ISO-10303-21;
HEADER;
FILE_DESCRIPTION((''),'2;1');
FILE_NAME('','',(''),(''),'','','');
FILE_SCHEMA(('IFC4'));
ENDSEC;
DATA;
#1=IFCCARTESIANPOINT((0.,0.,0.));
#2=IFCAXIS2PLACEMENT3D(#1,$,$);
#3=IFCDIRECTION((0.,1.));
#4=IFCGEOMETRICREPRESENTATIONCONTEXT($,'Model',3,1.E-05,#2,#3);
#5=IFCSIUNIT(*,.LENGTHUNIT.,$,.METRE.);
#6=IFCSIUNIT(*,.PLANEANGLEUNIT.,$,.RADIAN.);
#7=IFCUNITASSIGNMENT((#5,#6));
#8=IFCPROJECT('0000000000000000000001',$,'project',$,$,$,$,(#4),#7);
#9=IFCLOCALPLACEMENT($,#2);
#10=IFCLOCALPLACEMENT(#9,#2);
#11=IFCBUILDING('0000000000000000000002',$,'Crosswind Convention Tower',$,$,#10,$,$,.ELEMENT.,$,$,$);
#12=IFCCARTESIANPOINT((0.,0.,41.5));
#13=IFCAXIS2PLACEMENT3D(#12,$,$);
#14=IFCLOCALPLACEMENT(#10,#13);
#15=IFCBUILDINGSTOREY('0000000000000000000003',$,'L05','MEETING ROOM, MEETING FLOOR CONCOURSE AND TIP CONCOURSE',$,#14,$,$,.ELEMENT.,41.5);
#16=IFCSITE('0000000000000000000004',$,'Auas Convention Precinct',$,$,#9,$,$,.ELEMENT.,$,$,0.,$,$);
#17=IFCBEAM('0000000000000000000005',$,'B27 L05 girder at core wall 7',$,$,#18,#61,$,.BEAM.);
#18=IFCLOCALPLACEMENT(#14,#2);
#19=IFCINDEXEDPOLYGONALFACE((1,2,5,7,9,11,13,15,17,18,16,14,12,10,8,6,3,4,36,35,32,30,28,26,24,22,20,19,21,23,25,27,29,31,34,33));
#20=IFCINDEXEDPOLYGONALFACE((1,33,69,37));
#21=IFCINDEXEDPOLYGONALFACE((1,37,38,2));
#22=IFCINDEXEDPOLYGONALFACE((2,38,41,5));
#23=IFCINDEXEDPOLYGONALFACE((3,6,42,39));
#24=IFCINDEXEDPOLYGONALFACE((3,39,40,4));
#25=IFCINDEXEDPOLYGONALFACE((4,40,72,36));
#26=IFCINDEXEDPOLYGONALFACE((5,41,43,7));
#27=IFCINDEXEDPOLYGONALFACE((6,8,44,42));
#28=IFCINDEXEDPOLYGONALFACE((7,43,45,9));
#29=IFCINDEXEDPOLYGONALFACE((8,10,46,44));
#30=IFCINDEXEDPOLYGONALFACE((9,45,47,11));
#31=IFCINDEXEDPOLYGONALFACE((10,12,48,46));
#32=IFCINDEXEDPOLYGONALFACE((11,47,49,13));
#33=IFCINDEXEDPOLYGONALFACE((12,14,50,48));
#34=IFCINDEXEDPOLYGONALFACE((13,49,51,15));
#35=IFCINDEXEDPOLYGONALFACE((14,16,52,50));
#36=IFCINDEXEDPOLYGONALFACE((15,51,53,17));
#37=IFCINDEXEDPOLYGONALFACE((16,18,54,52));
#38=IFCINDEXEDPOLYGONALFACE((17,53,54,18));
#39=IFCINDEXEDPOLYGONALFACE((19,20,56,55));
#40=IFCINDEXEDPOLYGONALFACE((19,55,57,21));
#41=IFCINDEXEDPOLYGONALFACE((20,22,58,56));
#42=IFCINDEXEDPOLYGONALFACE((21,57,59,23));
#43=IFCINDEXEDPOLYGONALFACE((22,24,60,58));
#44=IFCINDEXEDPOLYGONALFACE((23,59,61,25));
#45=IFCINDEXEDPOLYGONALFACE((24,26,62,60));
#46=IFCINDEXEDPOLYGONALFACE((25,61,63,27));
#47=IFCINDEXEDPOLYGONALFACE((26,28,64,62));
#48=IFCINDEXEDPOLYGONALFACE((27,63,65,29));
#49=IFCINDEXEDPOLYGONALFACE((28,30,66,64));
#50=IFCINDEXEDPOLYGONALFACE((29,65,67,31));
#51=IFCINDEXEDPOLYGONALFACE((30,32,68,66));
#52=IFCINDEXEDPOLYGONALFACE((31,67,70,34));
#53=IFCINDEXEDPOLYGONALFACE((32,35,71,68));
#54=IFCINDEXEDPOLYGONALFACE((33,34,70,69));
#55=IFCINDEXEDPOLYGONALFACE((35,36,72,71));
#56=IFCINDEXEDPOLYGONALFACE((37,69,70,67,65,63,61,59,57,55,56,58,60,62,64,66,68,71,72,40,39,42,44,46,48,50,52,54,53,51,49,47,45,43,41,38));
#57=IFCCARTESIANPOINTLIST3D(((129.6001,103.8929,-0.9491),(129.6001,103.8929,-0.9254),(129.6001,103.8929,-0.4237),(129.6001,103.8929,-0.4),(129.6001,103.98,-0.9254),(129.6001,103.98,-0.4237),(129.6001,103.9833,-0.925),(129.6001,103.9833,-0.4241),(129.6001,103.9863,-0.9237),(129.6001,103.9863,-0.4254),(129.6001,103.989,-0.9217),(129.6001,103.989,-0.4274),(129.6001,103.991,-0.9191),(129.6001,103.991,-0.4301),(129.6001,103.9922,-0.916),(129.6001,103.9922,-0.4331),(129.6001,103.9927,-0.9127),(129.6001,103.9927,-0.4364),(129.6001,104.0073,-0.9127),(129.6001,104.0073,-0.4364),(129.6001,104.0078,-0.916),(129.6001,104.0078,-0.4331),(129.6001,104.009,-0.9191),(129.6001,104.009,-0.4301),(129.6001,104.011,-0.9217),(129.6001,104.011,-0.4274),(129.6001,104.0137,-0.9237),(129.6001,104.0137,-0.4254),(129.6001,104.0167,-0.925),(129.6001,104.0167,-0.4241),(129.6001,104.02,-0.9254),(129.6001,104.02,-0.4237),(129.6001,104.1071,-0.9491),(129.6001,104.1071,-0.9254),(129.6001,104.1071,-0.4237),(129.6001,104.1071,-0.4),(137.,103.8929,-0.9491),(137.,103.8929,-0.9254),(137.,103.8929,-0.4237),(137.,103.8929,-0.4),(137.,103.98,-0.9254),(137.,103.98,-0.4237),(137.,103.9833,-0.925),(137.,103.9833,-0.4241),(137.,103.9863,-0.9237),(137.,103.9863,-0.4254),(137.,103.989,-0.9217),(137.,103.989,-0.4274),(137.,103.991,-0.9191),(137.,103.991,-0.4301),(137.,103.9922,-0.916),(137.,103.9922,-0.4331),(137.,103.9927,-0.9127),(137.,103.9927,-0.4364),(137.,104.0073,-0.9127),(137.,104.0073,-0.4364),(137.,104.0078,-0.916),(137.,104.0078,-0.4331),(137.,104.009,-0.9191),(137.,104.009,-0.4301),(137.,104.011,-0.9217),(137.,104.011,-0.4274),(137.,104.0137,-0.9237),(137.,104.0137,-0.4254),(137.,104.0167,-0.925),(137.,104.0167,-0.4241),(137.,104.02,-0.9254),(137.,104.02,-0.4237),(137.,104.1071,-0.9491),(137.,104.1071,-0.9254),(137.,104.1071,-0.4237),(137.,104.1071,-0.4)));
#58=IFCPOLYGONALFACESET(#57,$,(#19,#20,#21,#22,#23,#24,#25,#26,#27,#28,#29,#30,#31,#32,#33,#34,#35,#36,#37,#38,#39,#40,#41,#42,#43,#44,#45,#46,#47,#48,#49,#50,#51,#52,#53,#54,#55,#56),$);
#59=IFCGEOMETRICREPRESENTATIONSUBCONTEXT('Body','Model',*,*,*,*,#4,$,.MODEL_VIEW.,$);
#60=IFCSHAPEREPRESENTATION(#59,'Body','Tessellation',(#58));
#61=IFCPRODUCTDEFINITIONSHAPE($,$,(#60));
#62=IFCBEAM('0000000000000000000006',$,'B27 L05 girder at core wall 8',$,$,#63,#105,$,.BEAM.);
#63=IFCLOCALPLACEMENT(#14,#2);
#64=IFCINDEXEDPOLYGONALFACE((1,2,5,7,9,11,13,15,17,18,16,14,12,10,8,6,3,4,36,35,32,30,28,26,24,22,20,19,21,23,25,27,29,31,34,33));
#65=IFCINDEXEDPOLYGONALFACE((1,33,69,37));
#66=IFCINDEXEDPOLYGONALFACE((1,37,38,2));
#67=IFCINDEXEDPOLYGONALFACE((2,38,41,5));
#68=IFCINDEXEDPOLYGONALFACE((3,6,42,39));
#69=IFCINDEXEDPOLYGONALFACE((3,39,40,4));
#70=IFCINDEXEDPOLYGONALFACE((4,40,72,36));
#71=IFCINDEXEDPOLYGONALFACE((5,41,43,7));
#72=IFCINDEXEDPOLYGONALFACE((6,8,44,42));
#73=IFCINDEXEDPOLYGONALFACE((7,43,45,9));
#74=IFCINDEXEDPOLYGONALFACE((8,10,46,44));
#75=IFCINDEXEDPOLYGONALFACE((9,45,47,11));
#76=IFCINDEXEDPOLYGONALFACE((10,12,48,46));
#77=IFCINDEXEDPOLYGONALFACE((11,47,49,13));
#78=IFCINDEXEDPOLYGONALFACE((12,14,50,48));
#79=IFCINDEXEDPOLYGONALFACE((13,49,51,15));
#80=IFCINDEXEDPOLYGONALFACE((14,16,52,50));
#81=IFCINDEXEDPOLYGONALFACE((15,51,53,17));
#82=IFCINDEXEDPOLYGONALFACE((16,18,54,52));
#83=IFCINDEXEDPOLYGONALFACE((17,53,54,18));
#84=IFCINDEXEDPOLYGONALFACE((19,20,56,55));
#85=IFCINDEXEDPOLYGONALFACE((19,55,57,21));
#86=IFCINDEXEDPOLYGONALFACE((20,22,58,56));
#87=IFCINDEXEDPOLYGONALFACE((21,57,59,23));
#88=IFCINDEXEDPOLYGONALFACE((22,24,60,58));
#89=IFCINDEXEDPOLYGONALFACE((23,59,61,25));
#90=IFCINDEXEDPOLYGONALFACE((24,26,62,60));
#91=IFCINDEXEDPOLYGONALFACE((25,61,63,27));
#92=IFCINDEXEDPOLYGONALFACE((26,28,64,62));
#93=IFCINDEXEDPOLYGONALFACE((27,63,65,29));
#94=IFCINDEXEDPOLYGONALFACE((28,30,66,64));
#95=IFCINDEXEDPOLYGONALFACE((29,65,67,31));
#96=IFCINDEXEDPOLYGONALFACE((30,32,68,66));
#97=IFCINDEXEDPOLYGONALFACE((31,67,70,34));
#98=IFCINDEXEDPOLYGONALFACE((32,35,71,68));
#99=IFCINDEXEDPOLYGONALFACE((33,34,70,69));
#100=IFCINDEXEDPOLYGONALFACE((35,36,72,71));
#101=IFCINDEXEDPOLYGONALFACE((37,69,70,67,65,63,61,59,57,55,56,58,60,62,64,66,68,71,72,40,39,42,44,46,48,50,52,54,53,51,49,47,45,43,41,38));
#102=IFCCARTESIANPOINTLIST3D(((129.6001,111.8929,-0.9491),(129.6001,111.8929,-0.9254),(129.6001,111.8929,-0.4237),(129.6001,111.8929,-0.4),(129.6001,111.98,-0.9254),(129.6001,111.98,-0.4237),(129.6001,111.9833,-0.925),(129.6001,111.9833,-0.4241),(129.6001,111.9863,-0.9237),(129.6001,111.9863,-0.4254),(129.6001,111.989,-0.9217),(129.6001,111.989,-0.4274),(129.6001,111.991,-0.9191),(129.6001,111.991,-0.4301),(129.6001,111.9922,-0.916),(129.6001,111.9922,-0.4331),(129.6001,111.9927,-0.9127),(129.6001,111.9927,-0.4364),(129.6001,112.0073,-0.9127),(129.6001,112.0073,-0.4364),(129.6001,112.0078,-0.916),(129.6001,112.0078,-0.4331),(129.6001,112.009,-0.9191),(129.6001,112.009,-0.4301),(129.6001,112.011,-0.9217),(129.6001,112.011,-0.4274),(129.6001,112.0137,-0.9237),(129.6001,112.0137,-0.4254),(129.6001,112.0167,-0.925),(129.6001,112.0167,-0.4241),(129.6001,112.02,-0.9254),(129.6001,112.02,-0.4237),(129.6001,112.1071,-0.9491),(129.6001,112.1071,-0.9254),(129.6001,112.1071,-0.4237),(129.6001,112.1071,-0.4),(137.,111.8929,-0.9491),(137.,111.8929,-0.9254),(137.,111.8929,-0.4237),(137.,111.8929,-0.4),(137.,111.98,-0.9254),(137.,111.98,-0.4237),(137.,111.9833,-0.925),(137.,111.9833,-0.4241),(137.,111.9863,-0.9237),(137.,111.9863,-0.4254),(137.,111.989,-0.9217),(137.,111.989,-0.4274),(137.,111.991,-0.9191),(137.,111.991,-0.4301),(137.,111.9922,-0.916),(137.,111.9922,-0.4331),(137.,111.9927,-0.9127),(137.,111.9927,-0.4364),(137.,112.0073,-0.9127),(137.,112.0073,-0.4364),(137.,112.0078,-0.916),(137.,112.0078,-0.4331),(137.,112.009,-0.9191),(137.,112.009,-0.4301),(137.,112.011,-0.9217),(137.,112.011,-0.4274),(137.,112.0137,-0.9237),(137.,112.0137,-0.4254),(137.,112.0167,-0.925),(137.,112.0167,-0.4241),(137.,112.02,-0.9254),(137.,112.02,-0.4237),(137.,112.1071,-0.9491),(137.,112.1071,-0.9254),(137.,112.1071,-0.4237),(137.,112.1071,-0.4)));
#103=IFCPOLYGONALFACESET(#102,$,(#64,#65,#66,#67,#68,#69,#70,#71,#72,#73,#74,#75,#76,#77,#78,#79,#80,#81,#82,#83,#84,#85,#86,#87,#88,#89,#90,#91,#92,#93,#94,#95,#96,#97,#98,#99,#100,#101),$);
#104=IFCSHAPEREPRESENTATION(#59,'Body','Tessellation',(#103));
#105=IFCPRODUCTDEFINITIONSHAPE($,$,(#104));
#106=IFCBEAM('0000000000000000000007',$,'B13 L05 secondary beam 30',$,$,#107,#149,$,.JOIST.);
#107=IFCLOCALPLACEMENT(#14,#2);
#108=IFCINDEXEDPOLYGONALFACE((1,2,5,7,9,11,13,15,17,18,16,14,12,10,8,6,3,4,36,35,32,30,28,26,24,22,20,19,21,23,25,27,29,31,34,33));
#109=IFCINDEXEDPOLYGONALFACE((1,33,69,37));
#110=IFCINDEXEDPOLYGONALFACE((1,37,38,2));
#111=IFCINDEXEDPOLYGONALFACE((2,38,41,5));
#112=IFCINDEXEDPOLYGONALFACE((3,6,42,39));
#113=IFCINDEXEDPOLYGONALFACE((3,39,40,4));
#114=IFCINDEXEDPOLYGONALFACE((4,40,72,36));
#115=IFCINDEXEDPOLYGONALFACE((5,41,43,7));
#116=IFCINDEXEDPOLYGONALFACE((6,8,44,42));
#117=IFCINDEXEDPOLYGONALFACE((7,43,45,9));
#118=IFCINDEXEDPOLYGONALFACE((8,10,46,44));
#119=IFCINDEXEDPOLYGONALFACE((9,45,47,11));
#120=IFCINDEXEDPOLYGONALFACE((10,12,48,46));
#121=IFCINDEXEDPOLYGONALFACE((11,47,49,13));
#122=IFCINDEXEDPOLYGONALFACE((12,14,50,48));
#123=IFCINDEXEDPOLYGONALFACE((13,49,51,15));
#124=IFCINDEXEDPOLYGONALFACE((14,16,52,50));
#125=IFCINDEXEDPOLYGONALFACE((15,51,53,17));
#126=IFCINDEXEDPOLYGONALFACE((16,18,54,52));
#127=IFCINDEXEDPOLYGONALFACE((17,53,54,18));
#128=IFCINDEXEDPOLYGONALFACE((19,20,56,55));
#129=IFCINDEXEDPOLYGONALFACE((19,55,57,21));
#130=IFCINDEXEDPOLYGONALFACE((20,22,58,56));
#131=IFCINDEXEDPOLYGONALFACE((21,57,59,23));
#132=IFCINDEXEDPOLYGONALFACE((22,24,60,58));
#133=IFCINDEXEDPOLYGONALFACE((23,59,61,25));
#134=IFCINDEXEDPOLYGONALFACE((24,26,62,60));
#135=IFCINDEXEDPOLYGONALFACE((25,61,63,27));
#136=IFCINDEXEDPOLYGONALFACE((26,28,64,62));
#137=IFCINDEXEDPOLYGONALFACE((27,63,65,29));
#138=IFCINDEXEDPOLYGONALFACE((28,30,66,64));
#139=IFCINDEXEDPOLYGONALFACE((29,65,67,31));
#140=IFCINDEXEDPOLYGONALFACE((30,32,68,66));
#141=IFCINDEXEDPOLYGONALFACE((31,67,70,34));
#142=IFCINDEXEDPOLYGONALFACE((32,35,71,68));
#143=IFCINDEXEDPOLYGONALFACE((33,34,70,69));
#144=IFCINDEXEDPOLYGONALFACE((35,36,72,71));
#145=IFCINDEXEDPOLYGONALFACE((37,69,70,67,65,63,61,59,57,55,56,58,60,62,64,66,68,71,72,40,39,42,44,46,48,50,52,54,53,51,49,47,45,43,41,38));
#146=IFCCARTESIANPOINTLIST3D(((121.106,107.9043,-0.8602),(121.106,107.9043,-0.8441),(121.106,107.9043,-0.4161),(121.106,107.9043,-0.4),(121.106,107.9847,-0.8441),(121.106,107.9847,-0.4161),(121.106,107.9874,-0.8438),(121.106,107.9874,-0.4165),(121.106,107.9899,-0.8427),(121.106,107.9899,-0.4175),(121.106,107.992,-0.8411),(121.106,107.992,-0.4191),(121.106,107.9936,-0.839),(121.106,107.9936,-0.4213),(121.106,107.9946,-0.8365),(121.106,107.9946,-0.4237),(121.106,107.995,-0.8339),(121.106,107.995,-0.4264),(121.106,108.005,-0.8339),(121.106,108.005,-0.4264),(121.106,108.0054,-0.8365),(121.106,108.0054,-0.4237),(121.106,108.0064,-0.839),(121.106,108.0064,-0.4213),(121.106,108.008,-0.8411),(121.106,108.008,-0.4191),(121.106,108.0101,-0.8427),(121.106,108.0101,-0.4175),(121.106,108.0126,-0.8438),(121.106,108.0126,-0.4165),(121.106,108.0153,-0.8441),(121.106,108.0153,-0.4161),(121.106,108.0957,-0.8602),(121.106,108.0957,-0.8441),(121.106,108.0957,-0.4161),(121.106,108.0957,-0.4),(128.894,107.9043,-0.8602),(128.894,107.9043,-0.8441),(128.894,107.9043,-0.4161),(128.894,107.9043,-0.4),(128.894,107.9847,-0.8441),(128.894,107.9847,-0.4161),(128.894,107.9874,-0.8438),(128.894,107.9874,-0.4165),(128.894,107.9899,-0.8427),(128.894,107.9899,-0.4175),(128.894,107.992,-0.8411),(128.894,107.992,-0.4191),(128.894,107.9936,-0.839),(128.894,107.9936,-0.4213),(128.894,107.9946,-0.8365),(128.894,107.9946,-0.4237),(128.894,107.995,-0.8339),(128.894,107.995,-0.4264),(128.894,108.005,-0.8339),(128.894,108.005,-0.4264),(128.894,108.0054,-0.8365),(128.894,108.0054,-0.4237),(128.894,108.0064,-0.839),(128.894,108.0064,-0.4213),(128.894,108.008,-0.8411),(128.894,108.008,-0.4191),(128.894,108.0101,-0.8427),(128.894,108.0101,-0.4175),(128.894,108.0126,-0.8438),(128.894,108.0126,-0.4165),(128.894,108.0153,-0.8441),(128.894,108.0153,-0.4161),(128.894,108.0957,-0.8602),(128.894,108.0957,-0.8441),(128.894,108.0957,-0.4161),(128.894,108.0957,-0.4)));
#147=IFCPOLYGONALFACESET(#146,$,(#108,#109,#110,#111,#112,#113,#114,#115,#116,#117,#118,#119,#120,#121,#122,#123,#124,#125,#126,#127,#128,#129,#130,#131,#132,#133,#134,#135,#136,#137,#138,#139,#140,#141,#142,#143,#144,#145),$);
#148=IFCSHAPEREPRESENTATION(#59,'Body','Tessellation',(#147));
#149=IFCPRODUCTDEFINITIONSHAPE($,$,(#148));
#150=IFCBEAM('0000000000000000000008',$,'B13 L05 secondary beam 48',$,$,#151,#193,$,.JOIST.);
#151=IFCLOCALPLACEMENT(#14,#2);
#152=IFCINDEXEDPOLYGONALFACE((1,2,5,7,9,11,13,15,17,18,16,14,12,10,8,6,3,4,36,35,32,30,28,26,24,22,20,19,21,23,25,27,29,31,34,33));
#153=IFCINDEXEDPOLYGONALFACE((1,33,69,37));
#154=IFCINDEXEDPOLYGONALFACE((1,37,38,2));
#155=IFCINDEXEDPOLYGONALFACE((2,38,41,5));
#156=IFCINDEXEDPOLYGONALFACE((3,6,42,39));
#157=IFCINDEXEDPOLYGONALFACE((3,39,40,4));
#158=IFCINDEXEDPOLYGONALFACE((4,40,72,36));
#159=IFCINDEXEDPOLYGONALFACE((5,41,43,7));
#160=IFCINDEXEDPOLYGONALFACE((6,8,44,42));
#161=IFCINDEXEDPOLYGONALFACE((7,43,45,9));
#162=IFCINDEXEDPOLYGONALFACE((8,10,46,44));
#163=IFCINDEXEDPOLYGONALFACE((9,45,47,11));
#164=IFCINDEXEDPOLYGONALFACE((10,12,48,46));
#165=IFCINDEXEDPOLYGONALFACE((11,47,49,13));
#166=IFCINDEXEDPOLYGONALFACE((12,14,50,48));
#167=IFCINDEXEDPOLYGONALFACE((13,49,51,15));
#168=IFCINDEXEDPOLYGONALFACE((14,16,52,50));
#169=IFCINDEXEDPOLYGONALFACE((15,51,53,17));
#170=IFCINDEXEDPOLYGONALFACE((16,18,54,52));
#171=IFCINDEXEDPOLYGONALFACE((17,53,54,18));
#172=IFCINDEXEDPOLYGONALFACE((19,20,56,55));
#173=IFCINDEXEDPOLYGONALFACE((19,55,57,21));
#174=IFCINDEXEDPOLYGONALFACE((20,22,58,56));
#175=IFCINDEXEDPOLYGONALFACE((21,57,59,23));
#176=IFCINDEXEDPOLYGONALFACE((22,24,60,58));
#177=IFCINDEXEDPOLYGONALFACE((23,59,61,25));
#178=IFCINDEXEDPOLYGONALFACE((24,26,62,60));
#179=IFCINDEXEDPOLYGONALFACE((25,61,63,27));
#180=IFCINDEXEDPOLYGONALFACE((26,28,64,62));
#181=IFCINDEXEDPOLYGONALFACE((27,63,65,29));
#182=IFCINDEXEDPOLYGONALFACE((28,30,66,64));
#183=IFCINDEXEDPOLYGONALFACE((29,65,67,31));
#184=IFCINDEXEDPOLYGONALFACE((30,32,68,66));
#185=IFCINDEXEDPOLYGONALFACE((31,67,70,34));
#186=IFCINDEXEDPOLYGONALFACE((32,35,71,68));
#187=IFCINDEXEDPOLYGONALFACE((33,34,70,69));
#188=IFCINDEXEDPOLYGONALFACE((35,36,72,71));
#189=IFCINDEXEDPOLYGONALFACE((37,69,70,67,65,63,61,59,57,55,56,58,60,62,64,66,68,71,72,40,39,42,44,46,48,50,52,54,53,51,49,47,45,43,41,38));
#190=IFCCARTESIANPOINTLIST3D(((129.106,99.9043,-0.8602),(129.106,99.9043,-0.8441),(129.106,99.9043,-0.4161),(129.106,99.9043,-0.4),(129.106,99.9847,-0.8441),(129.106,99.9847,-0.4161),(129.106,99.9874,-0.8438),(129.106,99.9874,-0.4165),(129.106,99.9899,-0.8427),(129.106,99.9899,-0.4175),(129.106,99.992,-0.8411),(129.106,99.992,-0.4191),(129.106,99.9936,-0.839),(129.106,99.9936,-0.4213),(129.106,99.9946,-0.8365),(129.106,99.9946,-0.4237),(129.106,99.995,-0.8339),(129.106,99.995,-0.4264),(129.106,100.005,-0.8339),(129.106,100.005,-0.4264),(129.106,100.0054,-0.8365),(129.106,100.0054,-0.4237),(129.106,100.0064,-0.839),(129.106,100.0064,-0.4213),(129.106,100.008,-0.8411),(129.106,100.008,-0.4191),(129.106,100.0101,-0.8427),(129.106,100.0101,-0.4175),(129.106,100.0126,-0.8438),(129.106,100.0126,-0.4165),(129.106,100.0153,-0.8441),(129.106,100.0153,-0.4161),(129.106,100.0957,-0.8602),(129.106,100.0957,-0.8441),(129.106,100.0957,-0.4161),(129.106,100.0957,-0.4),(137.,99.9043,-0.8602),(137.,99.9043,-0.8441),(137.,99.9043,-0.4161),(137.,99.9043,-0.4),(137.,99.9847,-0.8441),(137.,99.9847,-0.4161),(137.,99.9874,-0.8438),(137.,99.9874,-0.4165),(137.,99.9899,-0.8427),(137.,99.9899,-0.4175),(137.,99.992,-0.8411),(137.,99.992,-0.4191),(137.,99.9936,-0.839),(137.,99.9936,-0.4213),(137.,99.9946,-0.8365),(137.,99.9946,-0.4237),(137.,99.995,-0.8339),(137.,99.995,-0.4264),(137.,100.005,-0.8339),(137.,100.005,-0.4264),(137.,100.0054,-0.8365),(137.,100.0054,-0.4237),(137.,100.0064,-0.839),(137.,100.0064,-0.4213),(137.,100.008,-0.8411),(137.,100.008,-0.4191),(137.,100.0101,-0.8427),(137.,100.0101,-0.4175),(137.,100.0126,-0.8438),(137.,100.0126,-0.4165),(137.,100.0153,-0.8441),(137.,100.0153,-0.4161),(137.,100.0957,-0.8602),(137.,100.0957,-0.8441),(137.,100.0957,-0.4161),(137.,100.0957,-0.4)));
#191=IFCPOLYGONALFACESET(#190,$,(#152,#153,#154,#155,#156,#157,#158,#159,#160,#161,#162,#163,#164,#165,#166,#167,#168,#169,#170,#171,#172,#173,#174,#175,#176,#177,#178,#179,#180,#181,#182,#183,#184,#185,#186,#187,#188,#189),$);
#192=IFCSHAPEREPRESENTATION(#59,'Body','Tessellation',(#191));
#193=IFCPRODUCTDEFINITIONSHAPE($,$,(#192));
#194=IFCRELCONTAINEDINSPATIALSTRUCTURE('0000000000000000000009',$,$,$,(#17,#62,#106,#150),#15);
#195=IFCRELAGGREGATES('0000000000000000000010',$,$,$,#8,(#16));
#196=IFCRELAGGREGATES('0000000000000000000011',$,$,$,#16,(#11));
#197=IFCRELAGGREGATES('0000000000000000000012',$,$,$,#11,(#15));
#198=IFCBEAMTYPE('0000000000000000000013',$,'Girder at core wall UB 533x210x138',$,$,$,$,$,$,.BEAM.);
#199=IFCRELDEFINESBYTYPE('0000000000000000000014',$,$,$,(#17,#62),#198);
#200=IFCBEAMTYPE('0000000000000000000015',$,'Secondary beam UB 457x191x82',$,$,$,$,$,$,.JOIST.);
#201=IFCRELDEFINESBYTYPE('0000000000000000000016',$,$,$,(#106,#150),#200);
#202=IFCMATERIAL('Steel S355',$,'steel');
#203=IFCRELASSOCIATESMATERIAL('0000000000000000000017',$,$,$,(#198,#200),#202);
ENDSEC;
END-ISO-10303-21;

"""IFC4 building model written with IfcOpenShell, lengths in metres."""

from ifc_helpers import new_model, si_unit, direction, frame, origin, origin_2d, place, context, subcontext, project, spatial, i_section, extrude, material, material_profile, profile_set, type_object, element, save


model = new_model("IFC4")

# Units and contexts
model_context = context("Model", 3, precision=1e-05, world=origin(), true_north=direction((0.0, 1.0)))
body_context = subcontext(model_context, "Body", "Model", "MODEL_VIEW")
ifc_project = project(units=[si_unit("LENGTHUNIT", "METRE"), si_unit("PLANEANGLEUNIT", "RADIAN")], contexts=[model_context])

# Site, building, storey
site_placement = place(None, origin())
site = spatial("IfcSite", under=ifc_project, at=site_placement, Name="Auas Convention Precinct", CompositionType="ELEMENT", RefElevation=0.0)
building_placement = place(site_placement, origin())
building = spatial("IfcBuilding", under=site, at=building_placement, Name="Crosswind Convention Tower", CompositionType="ELEMENT")
storey_placement = place(building_placement, frame((0.0, 0.0, 41.5)))
storey = spatial("IfcBuildingStorey", under=building, at=storey_placement, Name="L05", Description="MEETING ROOM, MEETING FLOOR CONCOURSE AND TIP CONCOURSE", CompositionType="ELEMENT", Elevation=41.5)

# Beams
ifc_material_1 = material(Name="Steel S355", Category="steel")
ifc_material_profile_1 = material_profile(ifc_material_1, i_section(OverallWidth=0.2141, OverallDepth=0.5491, WebThickness=0.0146, FlangeThickness=0.0237, FilletRadius=0.0127, at=origin_2d()), Name="UB 533x210x138")
ifc_profile_set_1 = profile_set([ifc_material_profile_1], Name="Steel S355")
beam_type_1 = type_object("IfcBeamType", Name="Girder at core wall UB 533x210x138", PredefinedType="BEAM", material=ifc_profile_set_1)
for number, where, z_axis, x_axis, name in (
    (1, (129.6001, 104.0, -0.6746), (1.0, 0.0, 0.0), (0.0, 1.0, 0.0), "B27 L05 girder at core wall 7"),
    (2, (129.6001, 112.0, -0.6746), (1.0, 0.0, 0.0), (0.0, 1.0, 0.0), "B27 L05 girder at core wall 8"),
):
    element("IfcBeam", number, at=place(storey_placement, frame(where, z_axis=z_axis, x_axis=x_axis)), inside=storey, type_object=beam_type_1, Name=name, PredefinedType="BEAM", context=body_context, shape_type="SweptSolid", body=[
        extrude(i_section(OverallWidth=0.2141, OverallDepth=0.5491, WebThickness=0.0146, FlangeThickness=0.0237, FilletRadius=0.0127, at=origin_2d()), origin(), (0.0, 0.0, 1.0), 7.3999),
    ])
ifc_material_profile_2 = material_profile(ifc_material_1, i_section(OverallWidth=0.1914, OverallDepth=0.4602, WebThickness=0.01, FlangeThickness=0.0161, FilletRadius=0.0103, at=origin_2d()), Name="UB 457x191x82")
ifc_profile_set_2 = profile_set([ifc_material_profile_2], Name="Steel S355")
beam_type_2 = type_object("IfcBeamType", Name="Secondary beam UB 457x191x82", PredefinedType="JOIST", material=ifc_profile_set_2)
beam_placement = place(storey_placement, frame((121.106, 108.0, -0.6301), z_axis=(1.0, 0.0, 0.0), x_axis=(0.0, 1.0, 0.0)))
element("IfcBeam", 3, at=beam_placement, inside=storey, type_object=beam_type_2, Name="B13 L05 secondary beam 30", PredefinedType="JOIST", context=body_context, shape_type="SweptSolid", body=[
    extrude(i_section(OverallWidth=0.1914, OverallDepth=0.4602, WebThickness=0.01, FlangeThickness=0.0161, FilletRadius=0.0103, at=origin_2d()), origin(), (0.0, 0.0, 1.0), 7.7881),
])
for number, where, z_axis, x_axis, name in (
    (4, (129.106, 100.0, -0.6301), (1.0, 0.0, 0.0), (0.0, 1.0, 0.0), "B13 L05 secondary beam 48"),
):
    element("IfcBeam", number, at=place(storey_placement, frame(where, z_axis=z_axis, x_axis=x_axis)), inside=storey, type_object=beam_type_2, Name=name, PredefinedType="JOIST", context=body_context, shape_type="SweptSolid", body=[
        extrude(i_section(OverallWidth=0.1914, OverallDepth=0.4602, WebThickness=0.01, FlangeThickness=0.0161, FilletRadius=0.0103, at=origin_2d()), origin(), (0.0, 0.0, 1.0), 7.894),
    ])

save(model, "model.ifc")
